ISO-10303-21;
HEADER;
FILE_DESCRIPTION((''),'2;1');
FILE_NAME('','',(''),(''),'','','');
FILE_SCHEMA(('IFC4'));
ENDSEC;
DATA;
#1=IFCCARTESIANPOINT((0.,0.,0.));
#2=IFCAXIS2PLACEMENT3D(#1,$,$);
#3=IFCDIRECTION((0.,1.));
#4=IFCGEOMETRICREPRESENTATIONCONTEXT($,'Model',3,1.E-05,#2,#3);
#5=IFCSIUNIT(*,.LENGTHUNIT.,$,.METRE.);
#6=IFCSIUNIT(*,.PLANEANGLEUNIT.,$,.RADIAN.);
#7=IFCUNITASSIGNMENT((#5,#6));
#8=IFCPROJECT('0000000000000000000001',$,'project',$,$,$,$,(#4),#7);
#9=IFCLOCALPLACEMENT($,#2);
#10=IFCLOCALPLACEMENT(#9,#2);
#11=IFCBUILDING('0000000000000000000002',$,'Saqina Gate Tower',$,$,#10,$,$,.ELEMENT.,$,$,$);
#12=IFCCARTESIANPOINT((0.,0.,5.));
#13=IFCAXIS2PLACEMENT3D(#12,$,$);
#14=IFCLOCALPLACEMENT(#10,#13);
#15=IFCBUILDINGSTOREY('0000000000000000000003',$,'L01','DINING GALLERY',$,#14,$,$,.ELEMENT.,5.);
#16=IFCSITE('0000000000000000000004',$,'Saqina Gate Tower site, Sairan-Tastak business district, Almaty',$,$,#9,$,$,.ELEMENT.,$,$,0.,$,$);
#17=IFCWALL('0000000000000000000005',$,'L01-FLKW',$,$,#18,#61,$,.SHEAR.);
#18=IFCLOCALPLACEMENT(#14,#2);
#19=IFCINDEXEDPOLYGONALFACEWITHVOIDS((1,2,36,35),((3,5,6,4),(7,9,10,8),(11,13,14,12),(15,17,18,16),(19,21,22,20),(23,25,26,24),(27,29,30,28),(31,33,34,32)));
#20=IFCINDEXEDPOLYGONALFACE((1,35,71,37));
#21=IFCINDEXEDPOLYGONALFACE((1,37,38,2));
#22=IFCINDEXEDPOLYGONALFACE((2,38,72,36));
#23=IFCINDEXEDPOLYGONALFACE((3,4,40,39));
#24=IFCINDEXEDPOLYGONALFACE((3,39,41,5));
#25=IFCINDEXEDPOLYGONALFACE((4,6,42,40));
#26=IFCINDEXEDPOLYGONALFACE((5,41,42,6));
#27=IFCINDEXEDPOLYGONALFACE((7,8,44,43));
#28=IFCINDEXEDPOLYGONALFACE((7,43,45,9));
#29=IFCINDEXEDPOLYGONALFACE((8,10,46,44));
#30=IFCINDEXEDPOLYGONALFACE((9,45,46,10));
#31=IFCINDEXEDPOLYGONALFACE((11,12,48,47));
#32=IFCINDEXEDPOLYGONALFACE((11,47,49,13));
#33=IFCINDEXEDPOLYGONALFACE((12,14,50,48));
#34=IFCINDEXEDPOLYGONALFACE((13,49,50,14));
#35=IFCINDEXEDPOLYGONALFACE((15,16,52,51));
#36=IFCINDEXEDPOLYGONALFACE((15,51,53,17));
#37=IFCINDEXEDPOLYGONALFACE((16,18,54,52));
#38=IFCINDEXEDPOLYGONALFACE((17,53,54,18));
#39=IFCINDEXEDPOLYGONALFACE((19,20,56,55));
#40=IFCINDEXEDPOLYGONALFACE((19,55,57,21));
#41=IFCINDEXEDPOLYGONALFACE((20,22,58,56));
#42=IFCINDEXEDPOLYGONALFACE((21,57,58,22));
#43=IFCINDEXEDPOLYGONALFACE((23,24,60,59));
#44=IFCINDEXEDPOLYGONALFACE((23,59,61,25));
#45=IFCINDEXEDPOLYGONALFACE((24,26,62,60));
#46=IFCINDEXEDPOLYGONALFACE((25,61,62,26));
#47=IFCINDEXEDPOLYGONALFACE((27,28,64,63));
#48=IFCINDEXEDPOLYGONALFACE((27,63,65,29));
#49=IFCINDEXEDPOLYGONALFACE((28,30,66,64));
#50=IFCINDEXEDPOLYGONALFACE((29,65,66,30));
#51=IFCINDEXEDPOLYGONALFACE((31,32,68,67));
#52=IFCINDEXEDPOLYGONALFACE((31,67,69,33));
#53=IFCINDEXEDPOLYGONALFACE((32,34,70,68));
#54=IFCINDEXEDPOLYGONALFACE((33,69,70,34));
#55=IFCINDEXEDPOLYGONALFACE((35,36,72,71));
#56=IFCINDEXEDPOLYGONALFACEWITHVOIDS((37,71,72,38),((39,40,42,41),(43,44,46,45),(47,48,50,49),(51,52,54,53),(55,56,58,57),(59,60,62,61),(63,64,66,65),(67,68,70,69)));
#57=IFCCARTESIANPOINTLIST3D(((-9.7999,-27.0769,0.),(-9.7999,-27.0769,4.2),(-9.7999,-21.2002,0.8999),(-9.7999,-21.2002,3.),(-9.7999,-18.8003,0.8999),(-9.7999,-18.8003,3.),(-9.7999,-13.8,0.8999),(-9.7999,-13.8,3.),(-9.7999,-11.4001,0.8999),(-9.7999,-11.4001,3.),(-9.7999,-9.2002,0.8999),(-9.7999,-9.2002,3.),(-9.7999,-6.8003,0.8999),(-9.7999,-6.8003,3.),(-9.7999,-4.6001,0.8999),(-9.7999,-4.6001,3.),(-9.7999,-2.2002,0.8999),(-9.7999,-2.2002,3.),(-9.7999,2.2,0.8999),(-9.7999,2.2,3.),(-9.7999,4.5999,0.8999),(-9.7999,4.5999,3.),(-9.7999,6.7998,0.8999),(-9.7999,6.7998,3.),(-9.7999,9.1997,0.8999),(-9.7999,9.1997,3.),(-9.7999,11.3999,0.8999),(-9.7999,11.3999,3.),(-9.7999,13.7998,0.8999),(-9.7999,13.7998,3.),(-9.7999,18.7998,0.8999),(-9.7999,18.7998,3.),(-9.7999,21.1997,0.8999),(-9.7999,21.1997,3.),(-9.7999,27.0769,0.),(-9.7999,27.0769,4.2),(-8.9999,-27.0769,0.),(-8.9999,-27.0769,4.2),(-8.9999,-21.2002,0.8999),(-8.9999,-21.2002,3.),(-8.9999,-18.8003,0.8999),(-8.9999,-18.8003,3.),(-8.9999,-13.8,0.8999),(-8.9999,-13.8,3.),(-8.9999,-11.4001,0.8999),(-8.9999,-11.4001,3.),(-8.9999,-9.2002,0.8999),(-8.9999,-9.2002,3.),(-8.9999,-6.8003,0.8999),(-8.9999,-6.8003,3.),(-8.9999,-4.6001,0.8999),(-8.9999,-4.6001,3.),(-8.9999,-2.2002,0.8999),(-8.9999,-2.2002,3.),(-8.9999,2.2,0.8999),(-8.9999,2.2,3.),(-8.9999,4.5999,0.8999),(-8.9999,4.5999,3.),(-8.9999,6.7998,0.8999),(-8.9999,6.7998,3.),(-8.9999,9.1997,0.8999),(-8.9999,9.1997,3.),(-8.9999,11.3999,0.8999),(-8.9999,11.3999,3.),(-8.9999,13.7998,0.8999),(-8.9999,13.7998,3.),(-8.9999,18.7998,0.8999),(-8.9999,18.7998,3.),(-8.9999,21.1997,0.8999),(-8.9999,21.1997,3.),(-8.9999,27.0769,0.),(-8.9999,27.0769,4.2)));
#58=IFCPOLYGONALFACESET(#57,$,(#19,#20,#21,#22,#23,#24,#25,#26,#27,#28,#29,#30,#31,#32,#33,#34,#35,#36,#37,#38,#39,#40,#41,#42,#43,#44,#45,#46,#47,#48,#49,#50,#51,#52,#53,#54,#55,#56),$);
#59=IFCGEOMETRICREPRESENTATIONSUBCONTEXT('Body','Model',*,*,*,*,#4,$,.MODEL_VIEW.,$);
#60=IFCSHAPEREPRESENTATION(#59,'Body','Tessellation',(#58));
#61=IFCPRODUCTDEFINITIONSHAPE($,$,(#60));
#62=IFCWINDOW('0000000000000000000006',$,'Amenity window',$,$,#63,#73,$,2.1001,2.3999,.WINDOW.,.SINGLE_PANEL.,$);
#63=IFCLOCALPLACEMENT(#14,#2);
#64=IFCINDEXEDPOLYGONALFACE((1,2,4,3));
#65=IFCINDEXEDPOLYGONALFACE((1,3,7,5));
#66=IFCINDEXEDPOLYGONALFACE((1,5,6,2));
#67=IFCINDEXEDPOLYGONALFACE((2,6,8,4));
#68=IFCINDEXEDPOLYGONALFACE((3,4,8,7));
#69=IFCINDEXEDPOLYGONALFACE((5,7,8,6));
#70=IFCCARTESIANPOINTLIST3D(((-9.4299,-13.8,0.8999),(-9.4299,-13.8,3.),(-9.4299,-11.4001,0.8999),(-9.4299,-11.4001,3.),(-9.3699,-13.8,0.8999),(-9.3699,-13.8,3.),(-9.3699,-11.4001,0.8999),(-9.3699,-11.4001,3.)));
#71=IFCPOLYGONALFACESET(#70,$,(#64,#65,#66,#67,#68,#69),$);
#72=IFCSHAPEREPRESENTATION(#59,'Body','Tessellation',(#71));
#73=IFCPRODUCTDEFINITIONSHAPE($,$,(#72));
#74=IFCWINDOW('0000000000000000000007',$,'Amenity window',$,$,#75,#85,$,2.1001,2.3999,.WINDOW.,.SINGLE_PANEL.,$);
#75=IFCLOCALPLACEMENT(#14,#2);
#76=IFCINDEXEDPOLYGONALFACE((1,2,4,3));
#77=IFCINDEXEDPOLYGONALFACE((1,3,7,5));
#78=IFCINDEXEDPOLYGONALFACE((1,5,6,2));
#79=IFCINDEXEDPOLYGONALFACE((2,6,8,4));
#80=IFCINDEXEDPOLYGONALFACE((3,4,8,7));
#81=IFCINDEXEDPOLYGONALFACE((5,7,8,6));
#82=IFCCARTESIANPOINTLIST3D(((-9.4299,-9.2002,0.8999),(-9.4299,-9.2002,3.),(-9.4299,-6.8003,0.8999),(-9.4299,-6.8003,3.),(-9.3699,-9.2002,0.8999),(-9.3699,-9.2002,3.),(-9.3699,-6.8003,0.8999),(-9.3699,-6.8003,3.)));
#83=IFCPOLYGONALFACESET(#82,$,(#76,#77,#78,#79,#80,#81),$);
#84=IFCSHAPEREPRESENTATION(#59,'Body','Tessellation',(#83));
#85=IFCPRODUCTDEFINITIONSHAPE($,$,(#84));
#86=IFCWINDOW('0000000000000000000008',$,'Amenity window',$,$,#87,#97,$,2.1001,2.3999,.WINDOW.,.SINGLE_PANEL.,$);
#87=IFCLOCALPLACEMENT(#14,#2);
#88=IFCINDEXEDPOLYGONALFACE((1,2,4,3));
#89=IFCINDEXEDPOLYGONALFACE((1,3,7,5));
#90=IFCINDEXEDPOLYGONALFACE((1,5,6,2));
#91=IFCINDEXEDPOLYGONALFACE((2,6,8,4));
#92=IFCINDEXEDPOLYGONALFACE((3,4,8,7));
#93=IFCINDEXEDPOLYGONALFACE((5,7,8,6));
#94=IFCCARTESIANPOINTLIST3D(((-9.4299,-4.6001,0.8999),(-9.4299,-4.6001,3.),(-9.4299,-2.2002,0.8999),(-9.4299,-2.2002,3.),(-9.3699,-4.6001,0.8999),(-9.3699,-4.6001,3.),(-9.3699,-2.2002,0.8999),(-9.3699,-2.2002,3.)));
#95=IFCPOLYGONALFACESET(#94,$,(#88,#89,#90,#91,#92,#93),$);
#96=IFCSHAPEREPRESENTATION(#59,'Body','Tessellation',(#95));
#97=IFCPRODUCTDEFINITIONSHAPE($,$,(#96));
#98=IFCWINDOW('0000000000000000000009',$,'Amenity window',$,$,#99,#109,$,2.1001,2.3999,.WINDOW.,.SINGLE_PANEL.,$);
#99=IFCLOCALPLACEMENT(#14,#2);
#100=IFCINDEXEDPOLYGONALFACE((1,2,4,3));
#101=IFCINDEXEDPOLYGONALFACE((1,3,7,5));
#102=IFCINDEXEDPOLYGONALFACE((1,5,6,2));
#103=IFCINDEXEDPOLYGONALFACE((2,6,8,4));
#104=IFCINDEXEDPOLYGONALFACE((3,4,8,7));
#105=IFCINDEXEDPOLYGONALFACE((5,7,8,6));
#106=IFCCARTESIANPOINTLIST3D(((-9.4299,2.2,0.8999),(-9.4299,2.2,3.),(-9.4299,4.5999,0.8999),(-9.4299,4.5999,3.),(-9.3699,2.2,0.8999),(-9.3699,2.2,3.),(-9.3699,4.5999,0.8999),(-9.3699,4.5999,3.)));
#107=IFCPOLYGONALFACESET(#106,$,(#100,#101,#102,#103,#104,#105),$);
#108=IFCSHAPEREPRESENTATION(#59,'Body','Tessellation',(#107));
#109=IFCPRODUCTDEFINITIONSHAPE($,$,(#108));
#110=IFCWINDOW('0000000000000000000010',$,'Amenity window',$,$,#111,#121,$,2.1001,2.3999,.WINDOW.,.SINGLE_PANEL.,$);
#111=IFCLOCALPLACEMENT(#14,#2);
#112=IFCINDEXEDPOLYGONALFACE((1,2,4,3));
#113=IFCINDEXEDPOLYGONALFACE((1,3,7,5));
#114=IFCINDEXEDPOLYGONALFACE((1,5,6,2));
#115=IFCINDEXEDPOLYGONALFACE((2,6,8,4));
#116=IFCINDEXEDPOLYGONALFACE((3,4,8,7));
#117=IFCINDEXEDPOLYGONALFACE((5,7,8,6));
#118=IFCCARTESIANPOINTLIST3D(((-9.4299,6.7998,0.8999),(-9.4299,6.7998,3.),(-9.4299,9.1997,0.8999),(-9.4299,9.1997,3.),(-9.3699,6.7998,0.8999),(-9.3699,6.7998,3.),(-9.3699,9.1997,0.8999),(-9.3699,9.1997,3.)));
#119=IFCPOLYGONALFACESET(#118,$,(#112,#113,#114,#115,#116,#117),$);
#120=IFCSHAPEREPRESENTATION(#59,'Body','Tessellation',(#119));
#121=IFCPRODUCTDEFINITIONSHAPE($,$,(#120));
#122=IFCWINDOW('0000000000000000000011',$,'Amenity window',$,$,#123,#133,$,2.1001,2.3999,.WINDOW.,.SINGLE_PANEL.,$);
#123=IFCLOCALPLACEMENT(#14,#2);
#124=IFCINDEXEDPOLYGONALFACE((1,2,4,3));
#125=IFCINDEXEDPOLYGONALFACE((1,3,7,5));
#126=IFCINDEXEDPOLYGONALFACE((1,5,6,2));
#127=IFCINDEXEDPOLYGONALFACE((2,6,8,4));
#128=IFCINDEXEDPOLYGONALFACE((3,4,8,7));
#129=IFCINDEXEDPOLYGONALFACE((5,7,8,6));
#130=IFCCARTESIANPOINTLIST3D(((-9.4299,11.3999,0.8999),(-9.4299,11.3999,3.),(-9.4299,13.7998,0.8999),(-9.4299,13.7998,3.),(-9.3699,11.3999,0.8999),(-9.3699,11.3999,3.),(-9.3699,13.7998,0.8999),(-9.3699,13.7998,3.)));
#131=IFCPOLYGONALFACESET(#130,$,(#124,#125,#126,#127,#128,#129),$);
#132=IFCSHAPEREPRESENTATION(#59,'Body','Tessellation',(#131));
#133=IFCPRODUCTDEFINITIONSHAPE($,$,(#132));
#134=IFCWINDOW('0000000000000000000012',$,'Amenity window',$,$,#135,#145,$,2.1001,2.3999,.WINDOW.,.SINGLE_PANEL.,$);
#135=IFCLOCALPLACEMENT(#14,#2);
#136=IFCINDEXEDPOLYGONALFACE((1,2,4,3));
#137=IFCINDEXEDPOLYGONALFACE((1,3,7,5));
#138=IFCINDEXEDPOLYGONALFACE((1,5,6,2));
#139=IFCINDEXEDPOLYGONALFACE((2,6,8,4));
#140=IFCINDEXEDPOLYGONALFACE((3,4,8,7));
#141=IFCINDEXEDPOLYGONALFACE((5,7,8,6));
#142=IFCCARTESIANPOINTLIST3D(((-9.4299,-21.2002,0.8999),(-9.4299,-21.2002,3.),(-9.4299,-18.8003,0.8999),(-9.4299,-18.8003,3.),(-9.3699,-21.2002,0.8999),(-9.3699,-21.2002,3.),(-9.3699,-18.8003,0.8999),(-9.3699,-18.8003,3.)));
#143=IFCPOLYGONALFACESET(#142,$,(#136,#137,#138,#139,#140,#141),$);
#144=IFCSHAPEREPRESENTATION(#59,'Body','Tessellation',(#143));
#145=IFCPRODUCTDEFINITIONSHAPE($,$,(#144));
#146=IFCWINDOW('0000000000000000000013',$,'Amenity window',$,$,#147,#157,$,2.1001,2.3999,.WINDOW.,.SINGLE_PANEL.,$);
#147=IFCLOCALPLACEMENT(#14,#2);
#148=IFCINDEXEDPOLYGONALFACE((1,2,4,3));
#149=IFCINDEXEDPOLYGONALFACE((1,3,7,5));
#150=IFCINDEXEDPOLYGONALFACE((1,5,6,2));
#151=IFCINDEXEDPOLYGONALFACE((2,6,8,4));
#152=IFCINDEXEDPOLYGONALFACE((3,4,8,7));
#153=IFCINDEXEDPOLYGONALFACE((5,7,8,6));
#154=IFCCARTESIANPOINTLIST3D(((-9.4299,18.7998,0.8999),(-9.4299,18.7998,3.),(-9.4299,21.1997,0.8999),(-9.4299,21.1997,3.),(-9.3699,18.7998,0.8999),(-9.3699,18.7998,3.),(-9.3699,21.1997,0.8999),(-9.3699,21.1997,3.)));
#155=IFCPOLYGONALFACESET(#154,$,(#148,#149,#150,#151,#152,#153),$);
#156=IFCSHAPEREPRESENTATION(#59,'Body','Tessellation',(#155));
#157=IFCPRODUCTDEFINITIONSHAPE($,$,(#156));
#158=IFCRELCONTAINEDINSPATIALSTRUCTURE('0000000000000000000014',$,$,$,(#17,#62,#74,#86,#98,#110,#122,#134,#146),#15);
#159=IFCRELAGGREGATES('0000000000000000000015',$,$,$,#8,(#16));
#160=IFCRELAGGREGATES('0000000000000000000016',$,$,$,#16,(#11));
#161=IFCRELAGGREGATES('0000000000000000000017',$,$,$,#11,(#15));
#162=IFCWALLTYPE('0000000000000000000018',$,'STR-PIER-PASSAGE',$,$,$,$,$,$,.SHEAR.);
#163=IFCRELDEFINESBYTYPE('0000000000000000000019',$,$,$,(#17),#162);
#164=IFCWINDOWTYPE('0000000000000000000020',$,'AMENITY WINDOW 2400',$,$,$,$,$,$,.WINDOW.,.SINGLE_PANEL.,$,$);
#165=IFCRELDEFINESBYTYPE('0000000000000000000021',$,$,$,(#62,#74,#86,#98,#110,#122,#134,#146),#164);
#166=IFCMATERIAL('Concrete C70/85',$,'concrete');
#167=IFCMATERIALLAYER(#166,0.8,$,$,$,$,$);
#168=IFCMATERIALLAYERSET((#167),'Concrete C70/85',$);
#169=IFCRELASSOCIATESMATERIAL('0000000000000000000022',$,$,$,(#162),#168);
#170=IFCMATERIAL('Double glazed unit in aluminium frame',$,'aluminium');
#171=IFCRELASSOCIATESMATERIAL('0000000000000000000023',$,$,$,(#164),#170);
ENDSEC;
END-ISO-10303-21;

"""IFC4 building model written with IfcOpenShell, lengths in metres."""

from ifc_helpers import new_model, si_unit, direction, frame, frame_2d, origin, place, context, subcontext, project, spatial, rectangle, extrude, material, layer, layer_set, type_object, element, fill, save


model = new_model("IFC4")

# Units and contexts
model_context = context("Model", 3, precision=1e-05, world=origin(), true_north=direction((0.0, 1.0)))
body_context = subcontext(model_context, "Body", "Model", "MODEL_VIEW")
ifc_project = project(units=[si_unit("LENGTHUNIT", "METRE"), si_unit("PLANEANGLEUNIT", "RADIAN")], contexts=[model_context])

# Site, building, storey
site_placement = place(None, origin())
site = spatial("IfcSite", under=ifc_project, at=site_placement, Name="Saqina Gate Tower site, Sairan-Tastak business district, Almaty", CompositionType="ELEMENT", RefElevation=0.0)
building_placement = place(site_placement, origin())
building = spatial("IfcBuilding", under=site, at=building_placement, Name="Saqina Gate Tower", CompositionType="ELEMENT")
storey_placement = place(building_placement, frame((0.0, 0.0, 5.0)))
storey = spatial("IfcBuildingStorey", under=building, at=storey_placement, Name="L01", Description="DINING GALLERY", CompositionType="ELEMENT", Elevation=5.0)

# Wall, openings, windows
ifc_material_1 = material(Name="Concrete C70/85", Category="concrete")
ifc_layer_1 = layer(ifc_material_1, 0.8)
ifc_layer_set_1 = layer_set([ifc_layer_1], Name="Concrete C70/85")
wall_type_1 = type_object("IfcWallType", Name="STR-PIER-PASSAGE", PredefinedType="SHEAR", material=ifc_layer_set_1)
wall_1_placement = place(storey_placement, frame((-9.3999, -27.0769, 0.0), z_axis=(0.0, 0.0, 1.0), x_axis=(0.0, 1.0, 0.0)))
wall_1 = element("IfcWall", 1, at=wall_1_placement, inside=storey, type_object=wall_type_1, Name="L01-FLKW", PredefinedType="SHEAR", context=body_context, shape_type="SweptSolid", body=[
    extrude(rectangle(XDim=54.1538, YDim=0.8, at=frame_2d((27.0769, 0.0))), origin(), (0.0, 0.0, 1.0), 4.2),
])
opening_1_placement = place(wall_1_placement, frame((13.2769, 0.0, 0.8999)))
opening_1 = element("IfcOpeningElement", 2, at=opening_1_placement, cuts=wall_1, PredefinedType="OPENING", context=body_context, shape_type="SweptSolid", body=[
    extrude(rectangle(XDim=2.3999, YDim=2.1001, at=frame_2d((1.2, 1.05))), frame((0.0, 0.4121, 0.0), z_axis=(0.0, -1.0, 0.0), x_axis=(1.0, 0.0, 0.0)), (0.0, 0.0, 1.0), 0.824),
])
opening_2_placement = place(wall_1_placement, frame((17.8767, 0.0, 0.8999)))
opening_2 = element("IfcOpeningElement", 3, at=opening_2_placement, cuts=wall_1, PredefinedType="OPENING", context=body_context, shape_type="SweptSolid", body=[
    extrude(rectangle(XDim=2.3999, YDim=2.1001, at=frame_2d((1.2, 1.05))), frame((0.0, 0.4121, 0.0), z_axis=(0.0, -1.0, 0.0), x_axis=(1.0, 0.0, 0.0)), (0.0, 0.0, 1.0), 0.824),
])
opening_3_placement = place(wall_1_placement, frame((22.4768, 0.0, 0.8999)))
opening_3 = element("IfcOpeningElement", 4, at=opening_3_placement, cuts=wall_1, PredefinedType="OPENING", context=body_context, shape_type="SweptSolid", body=[
    extrude(rectangle(XDim=2.3999, YDim=2.1001, at=frame_2d((1.2, 1.05))), frame((0.0, 0.4121, 0.0), z_axis=(0.0, -1.0, 0.0), x_axis=(1.0, 0.0, 0.0)), (0.0, 0.0, 1.0), 0.824),
])
opening_4_placement = place(wall_1_placement, frame((29.2769, 0.0, 0.8999)))
opening_4 = element("IfcOpeningElement", 5, at=opening_4_placement, cuts=wall_1, PredefinedType="OPENING", context=body_context, shape_type="SweptSolid", body=[
    extrude(rectangle(XDim=2.3999, YDim=2.1001, at=frame_2d((1.2, 1.05))), frame((0.0, 0.4121, 0.0), z_axis=(0.0, -1.0, 0.0), x_axis=(1.0, 0.0, 0.0)), (0.0, 0.0, 1.0), 0.824),
])
opening_5_placement = place(wall_1_placement, frame((33.8767, 0.0, 0.8999)))
opening_5 = element("IfcOpeningElement", 6, at=opening_5_placement, cuts=wall_1, PredefinedType="OPENING", context=body_context, shape_type="SweptSolid", body=[
    extrude(rectangle(XDim=2.3999, YDim=2.1001, at=frame_2d((1.2, 1.05))), frame((0.0, 0.4121, 0.0), z_axis=(0.0, -1.0, 0.0), x_axis=(1.0, 0.0, 0.0)), (0.0, 0.0, 1.0), 0.824),
])
opening_6_placement = place(wall_1_placement, frame((38.4768, 0.0, 0.8999)))
opening_6 = element("IfcOpeningElement", 7, at=opening_6_placement, cuts=wall_1, PredefinedType="OPENING", context=body_context, shape_type="SweptSolid", body=[
    extrude(rectangle(XDim=2.3999, YDim=2.1001, at=frame_2d((1.2, 1.05))), frame((0.0, 0.4121, 0.0), z_axis=(0.0, -1.0, 0.0), x_axis=(1.0, 0.0, 0.0)), (0.0, 0.0, 1.0), 0.824),
])
opening_7_placement = place(wall_1_placement, frame((5.8767, 0.0, 0.8999)))
opening_7 = element("IfcOpeningElement", 8, at=opening_7_placement, cuts=wall_1, PredefinedType="OPENING", context=body_context, shape_type="SweptSolid", body=[
    extrude(rectangle(XDim=2.3999, YDim=2.1001, at=frame_2d((1.2, 1.05))), frame((0.0, 0.4121, 0.0), z_axis=(0.0, -1.0, 0.0), x_axis=(1.0, 0.0, 0.0)), (0.0, 0.0, 1.0), 0.824),
])
opening_8_placement = place(wall_1_placement, frame((45.8767, 0.0, 0.8999)))
opening_8 = element("IfcOpeningElement", 9, at=opening_8_placement, cuts=wall_1, PredefinedType="OPENING", context=body_context, shape_type="SweptSolid", body=[
    extrude(rectangle(XDim=2.3999, YDim=2.1001, at=frame_2d((1.2, 1.05))), frame((0.0, 0.4121, 0.0), z_axis=(0.0, -1.0, 0.0), x_axis=(1.0, 0.0, 0.0)), (0.0, 0.0, 1.0), 0.824),
])
ifc_material_2 = material(Name="Double glazed unit in aluminium frame", Category="aluminium")
window_type = type_object("IfcWindowType", Name="AMENITY WINDOW 2400", PartitioningType="SINGLE_PANEL", PredefinedType="WINDOW", material=ifc_material_2)
window_1_placement = place(opening_1_placement, origin())
window_1 = element("IfcWindow", 10, at=window_1_placement, inside=storey, type_object=window_type, Name="Amenity window", OverallHeight=2.1001, OverallWidth=2.3999, PartitioningType="SINGLE_PANEL", PredefinedType="WINDOW", context=body_context, shape_type="SweptSolid", body=[
    extrude(rectangle(XDim=2.3999, YDim=2.1001, at=frame_2d((1.2, 1.05))), frame((0.0, 0.03, 0.0), z_axis=(0.0, -1.0, 0.0), x_axis=(1.0, 0.0, 0.0)), (0.0, 0.0, 1.0), 0.0601),
])
fill(opening_1, window_1)
window_2_placement = place(opening_2_placement, origin())
window_2 = element("IfcWindow", 11, at=window_2_placement, inside=storey, type_object=window_type, Name="Amenity window", OverallHeight=2.1001, OverallWidth=2.3999, PartitioningType="SINGLE_PANEL", PredefinedType="WINDOW", context=body_context, shape_type="SweptSolid", body=[
    extrude(rectangle(XDim=2.3999, YDim=2.1001, at=frame_2d((1.2, 1.05))), frame((0.0, 0.03, 0.0), z_axis=(0.0, -1.0, 0.0), x_axis=(1.0, 0.0, 0.0)), (0.0, 0.0, 1.0), 0.0601),
])
fill(opening_2, window_2)
window_3_placement = place(opening_3_placement, origin())
window_3 = element("IfcWindow", 12, at=window_3_placement, inside=storey, type_object=window_type, Name="Amenity window", OverallHeight=2.1001, OverallWidth=2.3999, PartitioningType="SINGLE_PANEL", PredefinedType="WINDOW", context=body_context, shape_type="SweptSolid", body=[
    extrude(rectangle(XDim=2.3999, YDim=2.1001, at=frame_2d((1.2, 1.05))), frame((0.0, 0.03, 0.0), z_axis=(0.0, -1.0, 0.0), x_axis=(1.0, 0.0, 0.0)), (0.0, 0.0, 1.0), 0.0601),
])
fill(opening_3, window_3)
window_4_placement = place(opening_4_placement, origin())
window_4 = element("IfcWindow", 13, at=window_4_placement, inside=storey, type_object=window_type, Name="Amenity window", OverallHeight=2.1001, OverallWidth=2.3999, PartitioningType="SINGLE_PANEL", PredefinedType="WINDOW", context=body_context, shape_type="SweptSolid", body=[
    extrude(rectangle(XDim=2.3999, YDim=2.1001, at=frame_2d((1.2, 1.05))), frame((0.0, 0.03, 0.0), z_axis=(0.0, -1.0, 0.0), x_axis=(1.0, 0.0, 0.0)), (0.0, 0.0, 1.0), 0.0601),
])
fill(opening_4, window_4)
window_5_placement = place(opening_5_placement, origin())
window_5 = element("IfcWindow", 14, at=window_5_placement, inside=storey, type_object=window_type, Name="Amenity window", OverallHeight=2.1001, OverallWidth=2.3999, PartitioningType="SINGLE_PANEL", PredefinedType="WINDOW", context=body_context, shape_type="SweptSolid", body=[
    extrude(rectangle(XDim=2.3999, YDim=2.1001, at=frame_2d((1.2, 1.05))), frame((0.0, 0.03, 0.0), z_axis=(0.0, -1.0, 0.0), x_axis=(1.0, 0.0, 0.0)), (0.0, 0.0, 1.0), 0.0601),
])
fill(opening_5, window_5)
window_6_placement = place(opening_6_placement, origin())
window_6 = element("IfcWindow", 15, at=window_6_placement, inside=storey, type_object=window_type, Name="Amenity window", OverallHeight=2.1001, OverallWidth=2.3999, PartitioningType="SINGLE_PANEL", PredefinedType="WINDOW", context=body_context, shape_type="SweptSolid", body=[
    extrude(rectangle(XDim=2.3999, YDim=2.1001, at=frame_2d((1.2, 1.05))), frame((0.0, 0.03, 0.0), z_axis=(0.0, -1.0, 0.0), x_axis=(1.0, 0.0, 0.0)), (0.0, 0.0, 1.0), 0.0601),
])
fill(opening_6, window_6)
window_7_placement = place(opening_7_placement, origin())
window_7 = element("IfcWindow", 16, at=window_7_placement, inside=storey, type_object=window_type, Name="Amenity window", OverallHeight=2.1001, OverallWidth=2.3999, PartitioningType="SINGLE_PANEL", PredefinedType="WINDOW", context=body_context, shape_type="SweptSolid", body=[
    extrude(rectangle(XDim=2.3999, YDim=2.1001, at=frame_2d((1.2, 1.05))), frame((0.0, 0.03, 0.0), z_axis=(0.0, -1.0, 0.0), x_axis=(1.0, 0.0, 0.0)), (0.0, 0.0, 1.0), 0.0601),
])
fill(opening_7, window_7)
window_8_placement = place(opening_8_placement, origin())
window_8 = element("IfcWindow", 17, at=window_8_placement, inside=storey, type_object=window_type, Name="Amenity window", OverallHeight=2.1001, OverallWidth=2.3999, PartitioningType="SINGLE_PANEL", PredefinedType="WINDOW", context=body_context, shape_type="SweptSolid", body=[
    extrude(rectangle(XDim=2.3999, YDim=2.1001, at=frame_2d((1.2, 1.05))), frame((0.0, 0.03, 0.0), z_axis=(0.0, -1.0, 0.0), x_axis=(1.0, 0.0, 0.0)), (0.0, 0.0, 1.0), 0.0601),
])
fill(opening_8, window_8)

save(model, "model.ifc")
